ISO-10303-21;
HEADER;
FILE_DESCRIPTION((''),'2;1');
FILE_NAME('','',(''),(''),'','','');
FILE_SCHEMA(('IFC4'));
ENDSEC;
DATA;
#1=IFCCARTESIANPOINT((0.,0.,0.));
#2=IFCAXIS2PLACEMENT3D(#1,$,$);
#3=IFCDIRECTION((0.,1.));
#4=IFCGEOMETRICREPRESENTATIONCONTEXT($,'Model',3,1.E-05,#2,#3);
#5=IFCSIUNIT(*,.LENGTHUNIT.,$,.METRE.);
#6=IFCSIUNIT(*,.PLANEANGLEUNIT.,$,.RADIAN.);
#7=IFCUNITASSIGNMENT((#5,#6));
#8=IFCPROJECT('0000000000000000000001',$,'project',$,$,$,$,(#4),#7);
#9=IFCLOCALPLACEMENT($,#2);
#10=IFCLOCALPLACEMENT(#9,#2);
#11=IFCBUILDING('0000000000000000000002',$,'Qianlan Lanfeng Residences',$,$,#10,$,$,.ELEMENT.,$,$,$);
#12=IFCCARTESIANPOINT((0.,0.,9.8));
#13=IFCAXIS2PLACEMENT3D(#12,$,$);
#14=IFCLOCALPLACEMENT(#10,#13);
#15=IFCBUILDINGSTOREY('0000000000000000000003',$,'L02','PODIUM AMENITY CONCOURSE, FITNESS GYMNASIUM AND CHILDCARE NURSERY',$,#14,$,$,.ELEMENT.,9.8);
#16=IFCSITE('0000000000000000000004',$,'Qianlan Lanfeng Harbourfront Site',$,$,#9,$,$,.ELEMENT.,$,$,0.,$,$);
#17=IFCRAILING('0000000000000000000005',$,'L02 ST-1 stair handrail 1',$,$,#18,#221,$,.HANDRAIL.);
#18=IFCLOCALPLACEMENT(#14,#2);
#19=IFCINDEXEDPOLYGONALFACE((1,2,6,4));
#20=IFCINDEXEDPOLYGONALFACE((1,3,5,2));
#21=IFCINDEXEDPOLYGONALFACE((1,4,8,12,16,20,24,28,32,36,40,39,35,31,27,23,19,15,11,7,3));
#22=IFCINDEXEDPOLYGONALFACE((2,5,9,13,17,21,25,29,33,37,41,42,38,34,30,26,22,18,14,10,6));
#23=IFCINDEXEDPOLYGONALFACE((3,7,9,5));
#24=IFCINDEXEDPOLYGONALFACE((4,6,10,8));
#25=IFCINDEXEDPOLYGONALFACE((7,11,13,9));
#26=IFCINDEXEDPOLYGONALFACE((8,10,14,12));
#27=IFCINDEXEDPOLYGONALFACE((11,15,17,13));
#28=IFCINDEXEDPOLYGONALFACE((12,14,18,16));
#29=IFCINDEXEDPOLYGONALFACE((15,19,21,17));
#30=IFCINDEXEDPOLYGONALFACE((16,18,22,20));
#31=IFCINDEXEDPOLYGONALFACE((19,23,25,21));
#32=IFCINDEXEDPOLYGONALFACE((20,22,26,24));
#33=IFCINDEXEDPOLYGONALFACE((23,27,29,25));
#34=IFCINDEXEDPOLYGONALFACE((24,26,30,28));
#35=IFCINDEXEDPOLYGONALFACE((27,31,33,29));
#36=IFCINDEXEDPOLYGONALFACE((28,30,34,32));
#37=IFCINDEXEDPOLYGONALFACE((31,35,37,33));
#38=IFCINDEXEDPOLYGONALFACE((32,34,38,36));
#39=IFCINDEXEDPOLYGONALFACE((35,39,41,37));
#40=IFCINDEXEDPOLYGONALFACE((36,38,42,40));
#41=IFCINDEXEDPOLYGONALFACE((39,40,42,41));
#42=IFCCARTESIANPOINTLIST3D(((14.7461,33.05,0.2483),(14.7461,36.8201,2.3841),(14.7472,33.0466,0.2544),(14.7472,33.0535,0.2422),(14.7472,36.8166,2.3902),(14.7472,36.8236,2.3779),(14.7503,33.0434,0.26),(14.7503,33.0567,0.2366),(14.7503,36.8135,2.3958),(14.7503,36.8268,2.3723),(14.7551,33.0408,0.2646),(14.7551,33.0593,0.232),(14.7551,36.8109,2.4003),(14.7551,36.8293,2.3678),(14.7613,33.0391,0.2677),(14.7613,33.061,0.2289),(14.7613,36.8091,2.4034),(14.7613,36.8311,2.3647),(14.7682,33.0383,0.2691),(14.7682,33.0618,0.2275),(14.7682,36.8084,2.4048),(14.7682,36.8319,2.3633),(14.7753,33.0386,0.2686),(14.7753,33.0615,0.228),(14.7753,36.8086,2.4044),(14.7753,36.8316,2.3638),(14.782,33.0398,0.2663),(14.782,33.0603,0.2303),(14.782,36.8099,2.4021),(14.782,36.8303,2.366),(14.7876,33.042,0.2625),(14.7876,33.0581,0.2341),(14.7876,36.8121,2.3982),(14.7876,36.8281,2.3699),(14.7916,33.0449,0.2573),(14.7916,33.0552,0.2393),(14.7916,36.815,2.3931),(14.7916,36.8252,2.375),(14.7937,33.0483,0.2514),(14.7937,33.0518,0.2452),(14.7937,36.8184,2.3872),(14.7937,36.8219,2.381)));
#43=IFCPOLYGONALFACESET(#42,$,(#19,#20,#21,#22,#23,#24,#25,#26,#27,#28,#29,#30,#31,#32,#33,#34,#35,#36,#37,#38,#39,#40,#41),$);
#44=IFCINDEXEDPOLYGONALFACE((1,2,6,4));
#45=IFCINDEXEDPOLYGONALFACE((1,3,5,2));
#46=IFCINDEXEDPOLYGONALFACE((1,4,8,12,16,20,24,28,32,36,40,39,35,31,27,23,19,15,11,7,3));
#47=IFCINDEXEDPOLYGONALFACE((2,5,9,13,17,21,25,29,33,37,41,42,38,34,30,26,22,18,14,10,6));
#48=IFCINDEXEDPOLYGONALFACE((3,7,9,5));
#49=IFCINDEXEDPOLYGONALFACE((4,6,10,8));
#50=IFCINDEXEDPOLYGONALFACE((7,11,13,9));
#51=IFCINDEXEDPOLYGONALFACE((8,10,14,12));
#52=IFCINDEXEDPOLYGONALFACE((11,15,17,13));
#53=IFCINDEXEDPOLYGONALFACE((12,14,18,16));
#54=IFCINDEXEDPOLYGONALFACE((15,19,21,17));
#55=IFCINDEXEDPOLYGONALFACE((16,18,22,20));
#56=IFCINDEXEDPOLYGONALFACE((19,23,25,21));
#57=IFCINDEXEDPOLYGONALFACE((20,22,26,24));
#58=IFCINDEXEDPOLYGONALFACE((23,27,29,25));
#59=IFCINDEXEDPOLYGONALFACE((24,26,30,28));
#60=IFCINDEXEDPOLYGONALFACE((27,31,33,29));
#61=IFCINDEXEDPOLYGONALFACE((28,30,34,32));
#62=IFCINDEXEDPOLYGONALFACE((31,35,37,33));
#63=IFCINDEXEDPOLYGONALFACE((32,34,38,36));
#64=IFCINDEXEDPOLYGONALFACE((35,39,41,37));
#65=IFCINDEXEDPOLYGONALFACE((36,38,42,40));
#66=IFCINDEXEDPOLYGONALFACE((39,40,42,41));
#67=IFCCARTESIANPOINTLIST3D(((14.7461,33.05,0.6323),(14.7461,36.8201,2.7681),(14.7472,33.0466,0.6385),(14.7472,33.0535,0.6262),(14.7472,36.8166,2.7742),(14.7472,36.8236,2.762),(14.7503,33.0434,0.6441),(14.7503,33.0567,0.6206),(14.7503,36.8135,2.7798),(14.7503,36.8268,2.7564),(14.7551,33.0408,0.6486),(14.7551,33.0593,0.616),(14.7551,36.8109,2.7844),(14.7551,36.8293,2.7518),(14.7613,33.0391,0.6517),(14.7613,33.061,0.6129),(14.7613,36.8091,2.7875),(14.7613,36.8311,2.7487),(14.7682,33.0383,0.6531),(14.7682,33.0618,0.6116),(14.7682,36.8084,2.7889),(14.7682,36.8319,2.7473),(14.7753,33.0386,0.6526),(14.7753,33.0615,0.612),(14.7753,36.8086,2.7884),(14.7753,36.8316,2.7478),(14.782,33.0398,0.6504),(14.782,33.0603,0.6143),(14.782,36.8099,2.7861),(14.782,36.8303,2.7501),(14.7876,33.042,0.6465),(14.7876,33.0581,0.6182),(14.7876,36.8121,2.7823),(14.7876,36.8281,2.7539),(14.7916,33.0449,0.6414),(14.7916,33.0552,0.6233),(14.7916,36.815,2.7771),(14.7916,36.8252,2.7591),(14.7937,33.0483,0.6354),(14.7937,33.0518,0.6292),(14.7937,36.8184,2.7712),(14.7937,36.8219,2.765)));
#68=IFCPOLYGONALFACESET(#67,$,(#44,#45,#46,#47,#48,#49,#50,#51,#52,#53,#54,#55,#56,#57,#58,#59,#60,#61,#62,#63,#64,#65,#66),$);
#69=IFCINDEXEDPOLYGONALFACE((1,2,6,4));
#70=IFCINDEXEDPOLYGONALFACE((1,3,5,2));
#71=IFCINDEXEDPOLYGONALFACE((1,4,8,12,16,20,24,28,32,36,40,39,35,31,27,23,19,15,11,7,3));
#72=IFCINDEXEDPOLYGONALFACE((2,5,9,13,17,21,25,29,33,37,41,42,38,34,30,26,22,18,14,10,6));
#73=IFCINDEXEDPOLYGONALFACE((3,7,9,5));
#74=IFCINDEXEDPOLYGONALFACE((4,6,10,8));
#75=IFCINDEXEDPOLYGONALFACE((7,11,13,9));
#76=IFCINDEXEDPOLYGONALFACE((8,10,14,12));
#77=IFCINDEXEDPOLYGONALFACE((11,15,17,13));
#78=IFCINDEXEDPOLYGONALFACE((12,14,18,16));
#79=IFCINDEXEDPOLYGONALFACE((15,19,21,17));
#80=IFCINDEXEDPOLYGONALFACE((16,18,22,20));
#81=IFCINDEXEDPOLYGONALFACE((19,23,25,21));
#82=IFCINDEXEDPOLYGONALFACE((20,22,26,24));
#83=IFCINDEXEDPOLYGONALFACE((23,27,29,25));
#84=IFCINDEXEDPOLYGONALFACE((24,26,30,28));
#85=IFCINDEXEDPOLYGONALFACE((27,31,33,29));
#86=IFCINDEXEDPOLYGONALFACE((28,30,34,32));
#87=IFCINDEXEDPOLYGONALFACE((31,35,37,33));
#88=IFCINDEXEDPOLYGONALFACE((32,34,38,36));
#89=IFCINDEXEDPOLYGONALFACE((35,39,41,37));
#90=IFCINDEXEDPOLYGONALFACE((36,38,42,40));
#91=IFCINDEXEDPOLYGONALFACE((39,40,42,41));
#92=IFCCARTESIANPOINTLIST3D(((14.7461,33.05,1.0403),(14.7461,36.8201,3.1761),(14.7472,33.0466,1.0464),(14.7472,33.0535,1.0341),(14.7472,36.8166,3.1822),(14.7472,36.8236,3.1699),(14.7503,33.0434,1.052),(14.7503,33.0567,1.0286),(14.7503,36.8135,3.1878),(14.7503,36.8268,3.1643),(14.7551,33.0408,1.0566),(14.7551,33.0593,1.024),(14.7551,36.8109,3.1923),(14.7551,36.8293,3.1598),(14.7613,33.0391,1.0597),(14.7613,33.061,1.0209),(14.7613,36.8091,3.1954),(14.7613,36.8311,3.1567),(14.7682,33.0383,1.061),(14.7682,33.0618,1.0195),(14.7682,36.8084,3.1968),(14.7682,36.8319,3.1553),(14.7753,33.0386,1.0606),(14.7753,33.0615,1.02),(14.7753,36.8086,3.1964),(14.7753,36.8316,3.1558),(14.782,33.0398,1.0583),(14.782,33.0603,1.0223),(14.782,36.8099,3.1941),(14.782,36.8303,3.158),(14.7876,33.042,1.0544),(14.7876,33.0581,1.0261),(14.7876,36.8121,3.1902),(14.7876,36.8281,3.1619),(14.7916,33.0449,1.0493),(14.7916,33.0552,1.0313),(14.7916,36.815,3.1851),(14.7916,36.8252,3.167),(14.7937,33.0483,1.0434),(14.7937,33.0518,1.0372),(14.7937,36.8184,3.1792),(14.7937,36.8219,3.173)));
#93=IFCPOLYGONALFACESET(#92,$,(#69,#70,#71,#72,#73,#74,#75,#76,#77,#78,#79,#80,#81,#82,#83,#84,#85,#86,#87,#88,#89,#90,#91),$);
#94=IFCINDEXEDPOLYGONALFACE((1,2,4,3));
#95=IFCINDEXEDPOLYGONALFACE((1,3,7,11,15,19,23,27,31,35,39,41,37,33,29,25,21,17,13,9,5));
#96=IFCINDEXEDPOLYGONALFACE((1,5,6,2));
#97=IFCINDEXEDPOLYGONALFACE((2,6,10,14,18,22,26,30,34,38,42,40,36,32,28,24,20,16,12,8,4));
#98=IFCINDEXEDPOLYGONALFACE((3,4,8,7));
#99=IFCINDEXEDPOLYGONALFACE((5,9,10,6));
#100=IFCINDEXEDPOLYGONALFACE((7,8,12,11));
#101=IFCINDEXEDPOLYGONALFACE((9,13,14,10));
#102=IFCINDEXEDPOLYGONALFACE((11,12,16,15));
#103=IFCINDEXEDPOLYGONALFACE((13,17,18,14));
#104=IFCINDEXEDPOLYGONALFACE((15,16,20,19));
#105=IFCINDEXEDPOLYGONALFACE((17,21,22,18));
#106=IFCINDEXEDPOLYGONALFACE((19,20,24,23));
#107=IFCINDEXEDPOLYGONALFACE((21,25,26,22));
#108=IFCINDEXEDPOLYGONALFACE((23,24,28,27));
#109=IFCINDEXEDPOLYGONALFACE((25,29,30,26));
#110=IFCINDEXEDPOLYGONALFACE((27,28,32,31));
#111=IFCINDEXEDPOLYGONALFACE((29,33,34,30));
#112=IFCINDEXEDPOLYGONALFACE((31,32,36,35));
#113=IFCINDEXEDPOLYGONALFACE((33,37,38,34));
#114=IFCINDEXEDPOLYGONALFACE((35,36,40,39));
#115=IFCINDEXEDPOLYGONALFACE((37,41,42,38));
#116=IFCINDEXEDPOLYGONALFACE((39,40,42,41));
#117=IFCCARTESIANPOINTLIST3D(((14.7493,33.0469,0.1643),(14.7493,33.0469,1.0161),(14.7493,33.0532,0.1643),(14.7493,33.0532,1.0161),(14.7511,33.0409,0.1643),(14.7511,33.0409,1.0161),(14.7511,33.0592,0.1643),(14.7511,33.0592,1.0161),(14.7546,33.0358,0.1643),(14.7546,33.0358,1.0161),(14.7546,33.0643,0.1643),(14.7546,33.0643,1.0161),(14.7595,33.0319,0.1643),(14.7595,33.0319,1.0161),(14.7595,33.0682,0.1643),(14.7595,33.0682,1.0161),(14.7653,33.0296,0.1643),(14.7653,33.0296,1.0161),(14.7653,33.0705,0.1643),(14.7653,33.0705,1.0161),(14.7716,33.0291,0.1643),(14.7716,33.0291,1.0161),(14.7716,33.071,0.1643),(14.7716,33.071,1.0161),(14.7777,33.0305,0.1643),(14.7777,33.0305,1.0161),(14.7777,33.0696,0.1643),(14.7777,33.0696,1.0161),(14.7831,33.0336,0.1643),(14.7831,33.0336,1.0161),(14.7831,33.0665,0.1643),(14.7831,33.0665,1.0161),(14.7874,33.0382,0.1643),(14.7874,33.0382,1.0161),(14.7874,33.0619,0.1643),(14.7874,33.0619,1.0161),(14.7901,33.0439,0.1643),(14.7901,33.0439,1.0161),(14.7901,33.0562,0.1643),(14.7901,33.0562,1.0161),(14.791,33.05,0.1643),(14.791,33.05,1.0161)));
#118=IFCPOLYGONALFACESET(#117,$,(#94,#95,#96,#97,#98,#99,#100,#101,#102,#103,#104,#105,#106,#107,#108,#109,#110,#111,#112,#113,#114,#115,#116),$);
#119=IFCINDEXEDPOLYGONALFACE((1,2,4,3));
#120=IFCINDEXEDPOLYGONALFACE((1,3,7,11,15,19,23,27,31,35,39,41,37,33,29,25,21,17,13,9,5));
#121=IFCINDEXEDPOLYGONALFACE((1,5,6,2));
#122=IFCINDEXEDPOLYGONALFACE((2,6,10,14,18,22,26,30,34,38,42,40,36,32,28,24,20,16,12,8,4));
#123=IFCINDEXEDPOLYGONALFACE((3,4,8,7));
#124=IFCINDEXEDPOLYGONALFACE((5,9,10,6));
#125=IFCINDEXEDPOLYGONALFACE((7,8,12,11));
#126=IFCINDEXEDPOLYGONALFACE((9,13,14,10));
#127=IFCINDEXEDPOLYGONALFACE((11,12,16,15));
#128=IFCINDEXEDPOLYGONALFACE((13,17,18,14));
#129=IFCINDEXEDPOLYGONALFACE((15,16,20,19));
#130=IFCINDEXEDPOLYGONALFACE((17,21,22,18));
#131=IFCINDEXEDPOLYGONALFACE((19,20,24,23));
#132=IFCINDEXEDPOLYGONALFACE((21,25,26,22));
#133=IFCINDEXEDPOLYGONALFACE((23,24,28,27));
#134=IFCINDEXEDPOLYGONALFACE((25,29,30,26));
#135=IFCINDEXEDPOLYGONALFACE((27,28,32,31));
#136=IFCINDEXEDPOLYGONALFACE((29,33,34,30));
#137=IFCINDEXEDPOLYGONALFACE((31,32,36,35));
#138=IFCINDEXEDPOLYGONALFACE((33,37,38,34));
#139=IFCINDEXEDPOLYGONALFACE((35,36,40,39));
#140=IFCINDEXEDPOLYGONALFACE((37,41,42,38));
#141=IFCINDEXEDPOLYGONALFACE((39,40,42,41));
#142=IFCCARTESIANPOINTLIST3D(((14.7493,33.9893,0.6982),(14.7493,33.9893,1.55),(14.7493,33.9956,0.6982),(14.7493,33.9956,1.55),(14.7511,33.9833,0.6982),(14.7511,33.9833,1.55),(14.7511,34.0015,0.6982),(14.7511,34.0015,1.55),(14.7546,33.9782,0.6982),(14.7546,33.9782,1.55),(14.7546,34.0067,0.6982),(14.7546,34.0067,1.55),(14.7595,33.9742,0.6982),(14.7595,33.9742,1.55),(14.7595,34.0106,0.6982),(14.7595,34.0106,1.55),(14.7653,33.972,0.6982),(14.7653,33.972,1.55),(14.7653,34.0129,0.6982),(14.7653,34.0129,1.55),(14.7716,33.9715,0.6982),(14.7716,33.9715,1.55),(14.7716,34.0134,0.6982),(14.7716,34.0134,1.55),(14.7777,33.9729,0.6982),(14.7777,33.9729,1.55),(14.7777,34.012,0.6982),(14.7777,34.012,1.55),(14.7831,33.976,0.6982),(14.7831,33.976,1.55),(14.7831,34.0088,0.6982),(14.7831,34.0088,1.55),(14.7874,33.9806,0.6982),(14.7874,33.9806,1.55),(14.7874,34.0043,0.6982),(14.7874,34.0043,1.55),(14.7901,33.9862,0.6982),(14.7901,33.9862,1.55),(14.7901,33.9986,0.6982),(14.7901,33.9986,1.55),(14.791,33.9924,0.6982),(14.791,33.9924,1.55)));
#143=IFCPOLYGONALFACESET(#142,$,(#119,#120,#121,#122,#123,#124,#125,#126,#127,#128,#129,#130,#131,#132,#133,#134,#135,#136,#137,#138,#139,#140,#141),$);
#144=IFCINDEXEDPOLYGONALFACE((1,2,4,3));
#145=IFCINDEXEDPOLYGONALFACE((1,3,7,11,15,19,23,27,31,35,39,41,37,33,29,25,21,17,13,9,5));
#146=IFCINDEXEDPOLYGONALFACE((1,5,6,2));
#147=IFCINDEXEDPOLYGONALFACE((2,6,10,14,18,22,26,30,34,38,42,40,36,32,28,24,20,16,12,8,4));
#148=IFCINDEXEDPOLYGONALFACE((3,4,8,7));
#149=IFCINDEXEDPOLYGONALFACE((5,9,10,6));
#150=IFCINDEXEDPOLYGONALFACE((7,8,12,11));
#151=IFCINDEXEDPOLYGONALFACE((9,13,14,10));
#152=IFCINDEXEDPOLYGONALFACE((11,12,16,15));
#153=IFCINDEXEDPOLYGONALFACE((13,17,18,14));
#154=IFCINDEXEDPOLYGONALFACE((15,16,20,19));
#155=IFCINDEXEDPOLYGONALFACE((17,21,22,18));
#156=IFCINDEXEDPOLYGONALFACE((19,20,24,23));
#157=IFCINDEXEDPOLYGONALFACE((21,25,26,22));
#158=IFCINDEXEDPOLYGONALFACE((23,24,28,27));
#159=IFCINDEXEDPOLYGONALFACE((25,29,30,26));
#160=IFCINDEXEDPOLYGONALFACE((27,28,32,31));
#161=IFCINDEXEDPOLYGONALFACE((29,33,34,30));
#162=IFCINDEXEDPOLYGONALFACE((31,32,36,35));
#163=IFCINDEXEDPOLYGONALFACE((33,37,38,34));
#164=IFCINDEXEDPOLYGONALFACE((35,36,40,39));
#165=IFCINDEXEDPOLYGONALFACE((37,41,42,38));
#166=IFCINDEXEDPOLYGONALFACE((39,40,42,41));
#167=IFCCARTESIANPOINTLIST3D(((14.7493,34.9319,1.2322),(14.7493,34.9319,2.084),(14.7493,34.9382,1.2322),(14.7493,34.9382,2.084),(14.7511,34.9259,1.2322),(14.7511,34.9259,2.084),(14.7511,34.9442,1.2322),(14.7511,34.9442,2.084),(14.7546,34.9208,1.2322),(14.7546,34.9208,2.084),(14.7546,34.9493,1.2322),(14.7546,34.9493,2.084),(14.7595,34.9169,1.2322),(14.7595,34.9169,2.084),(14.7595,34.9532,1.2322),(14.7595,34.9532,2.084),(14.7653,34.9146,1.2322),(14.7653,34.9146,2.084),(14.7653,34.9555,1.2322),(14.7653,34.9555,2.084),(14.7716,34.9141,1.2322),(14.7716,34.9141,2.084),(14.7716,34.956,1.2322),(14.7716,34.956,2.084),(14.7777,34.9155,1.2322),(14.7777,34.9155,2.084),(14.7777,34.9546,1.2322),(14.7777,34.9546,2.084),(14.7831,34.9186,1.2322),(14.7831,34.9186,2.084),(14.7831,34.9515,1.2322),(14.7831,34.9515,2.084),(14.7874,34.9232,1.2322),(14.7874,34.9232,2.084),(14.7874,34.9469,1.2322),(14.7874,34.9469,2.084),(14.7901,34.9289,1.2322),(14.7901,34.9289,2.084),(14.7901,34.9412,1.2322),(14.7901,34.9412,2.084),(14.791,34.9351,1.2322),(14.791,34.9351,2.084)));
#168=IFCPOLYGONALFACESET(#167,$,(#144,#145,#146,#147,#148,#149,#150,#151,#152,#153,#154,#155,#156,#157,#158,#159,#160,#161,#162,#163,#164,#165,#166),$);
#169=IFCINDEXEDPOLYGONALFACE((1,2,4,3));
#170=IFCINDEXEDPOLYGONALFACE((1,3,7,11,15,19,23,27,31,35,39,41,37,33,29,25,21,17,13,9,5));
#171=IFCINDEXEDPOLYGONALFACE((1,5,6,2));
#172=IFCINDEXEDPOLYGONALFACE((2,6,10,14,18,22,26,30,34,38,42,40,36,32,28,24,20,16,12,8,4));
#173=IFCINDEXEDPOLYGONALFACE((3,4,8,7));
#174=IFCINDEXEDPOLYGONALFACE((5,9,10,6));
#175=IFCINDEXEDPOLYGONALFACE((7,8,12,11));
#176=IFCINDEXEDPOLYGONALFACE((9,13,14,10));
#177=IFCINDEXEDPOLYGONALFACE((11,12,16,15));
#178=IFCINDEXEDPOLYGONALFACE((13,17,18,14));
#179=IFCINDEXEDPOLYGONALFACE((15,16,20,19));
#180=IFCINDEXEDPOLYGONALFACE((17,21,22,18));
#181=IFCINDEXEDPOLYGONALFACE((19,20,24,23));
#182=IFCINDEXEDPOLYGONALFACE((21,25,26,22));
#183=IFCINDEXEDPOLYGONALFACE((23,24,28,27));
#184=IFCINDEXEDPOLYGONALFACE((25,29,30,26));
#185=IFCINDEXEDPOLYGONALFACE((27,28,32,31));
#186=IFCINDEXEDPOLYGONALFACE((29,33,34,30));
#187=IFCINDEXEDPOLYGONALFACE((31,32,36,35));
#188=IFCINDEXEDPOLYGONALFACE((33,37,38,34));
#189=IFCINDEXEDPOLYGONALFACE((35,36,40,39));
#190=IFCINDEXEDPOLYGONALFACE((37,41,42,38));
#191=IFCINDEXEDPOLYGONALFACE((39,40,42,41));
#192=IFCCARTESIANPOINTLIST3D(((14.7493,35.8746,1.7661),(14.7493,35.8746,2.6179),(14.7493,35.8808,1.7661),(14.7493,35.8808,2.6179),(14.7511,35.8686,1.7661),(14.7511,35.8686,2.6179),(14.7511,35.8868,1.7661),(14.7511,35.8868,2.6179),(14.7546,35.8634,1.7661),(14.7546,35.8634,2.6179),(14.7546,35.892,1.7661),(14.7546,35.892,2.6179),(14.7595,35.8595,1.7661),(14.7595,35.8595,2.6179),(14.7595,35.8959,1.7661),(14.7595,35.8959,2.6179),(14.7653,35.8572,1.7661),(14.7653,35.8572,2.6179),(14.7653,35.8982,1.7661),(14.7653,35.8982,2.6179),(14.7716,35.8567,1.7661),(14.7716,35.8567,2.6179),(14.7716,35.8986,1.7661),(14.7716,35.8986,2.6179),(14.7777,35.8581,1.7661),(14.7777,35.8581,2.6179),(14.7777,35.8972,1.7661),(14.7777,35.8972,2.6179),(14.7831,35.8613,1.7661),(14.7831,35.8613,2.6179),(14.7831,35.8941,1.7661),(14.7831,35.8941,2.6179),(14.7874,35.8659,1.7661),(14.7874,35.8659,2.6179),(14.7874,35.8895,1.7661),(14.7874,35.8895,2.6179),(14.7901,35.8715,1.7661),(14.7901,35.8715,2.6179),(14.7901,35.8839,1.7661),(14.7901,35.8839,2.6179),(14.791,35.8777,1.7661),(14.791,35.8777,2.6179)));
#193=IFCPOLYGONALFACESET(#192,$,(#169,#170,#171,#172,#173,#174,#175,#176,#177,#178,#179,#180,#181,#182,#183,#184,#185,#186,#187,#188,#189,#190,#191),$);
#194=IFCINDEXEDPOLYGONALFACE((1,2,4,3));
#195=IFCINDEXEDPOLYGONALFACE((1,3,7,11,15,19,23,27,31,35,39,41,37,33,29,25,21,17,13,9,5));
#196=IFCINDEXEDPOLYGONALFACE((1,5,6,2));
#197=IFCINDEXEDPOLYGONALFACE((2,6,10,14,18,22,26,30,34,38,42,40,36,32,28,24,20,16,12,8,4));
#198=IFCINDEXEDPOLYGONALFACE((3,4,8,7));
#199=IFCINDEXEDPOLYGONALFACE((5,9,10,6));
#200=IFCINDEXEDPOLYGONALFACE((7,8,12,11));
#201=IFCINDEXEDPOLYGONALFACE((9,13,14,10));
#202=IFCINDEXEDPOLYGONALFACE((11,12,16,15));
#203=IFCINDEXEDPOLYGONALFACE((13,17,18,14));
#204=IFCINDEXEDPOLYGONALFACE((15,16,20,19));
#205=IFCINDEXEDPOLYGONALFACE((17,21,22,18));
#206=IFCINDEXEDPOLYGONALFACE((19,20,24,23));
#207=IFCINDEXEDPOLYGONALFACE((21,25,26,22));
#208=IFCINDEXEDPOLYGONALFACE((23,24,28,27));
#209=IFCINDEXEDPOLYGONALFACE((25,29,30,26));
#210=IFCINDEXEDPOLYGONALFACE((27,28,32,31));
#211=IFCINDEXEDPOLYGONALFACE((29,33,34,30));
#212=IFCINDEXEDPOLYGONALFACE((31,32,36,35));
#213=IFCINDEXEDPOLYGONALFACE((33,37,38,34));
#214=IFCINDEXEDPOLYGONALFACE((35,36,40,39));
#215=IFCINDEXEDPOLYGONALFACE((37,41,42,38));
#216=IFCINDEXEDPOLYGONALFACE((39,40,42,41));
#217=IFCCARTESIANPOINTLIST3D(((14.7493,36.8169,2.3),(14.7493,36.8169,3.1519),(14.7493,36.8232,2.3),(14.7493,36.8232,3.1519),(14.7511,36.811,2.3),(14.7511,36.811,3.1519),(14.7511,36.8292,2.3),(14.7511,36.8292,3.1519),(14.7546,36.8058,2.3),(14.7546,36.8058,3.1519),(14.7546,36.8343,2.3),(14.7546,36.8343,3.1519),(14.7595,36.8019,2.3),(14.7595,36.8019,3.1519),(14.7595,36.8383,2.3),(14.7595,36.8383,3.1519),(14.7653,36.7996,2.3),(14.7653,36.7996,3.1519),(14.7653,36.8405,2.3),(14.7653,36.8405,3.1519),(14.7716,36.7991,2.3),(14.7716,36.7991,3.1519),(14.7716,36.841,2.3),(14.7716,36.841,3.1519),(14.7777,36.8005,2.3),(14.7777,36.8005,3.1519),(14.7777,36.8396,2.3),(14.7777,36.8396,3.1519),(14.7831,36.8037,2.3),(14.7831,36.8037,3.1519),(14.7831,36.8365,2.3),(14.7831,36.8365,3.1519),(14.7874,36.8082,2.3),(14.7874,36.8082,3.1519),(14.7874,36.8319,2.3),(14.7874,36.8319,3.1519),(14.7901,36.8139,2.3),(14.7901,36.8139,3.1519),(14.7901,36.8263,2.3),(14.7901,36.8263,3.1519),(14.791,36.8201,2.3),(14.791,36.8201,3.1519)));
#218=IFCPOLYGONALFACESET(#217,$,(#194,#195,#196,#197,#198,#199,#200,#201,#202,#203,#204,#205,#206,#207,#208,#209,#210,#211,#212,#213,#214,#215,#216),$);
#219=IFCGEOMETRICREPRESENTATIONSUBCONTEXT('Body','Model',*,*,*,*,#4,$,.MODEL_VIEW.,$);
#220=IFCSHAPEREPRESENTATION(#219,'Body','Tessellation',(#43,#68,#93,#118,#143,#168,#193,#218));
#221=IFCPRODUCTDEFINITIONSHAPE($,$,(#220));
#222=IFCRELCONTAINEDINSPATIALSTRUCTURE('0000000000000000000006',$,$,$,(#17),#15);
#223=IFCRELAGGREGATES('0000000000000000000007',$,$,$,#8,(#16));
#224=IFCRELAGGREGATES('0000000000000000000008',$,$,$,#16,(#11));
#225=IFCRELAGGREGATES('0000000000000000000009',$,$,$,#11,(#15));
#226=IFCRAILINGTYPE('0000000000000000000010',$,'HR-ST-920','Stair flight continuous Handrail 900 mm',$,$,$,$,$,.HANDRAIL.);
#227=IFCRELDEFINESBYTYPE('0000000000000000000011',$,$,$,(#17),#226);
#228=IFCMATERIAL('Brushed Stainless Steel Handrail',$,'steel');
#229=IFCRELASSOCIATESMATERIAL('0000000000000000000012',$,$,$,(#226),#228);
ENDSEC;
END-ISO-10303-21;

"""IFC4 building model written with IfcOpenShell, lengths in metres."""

from ifc_helpers import new_model, si_unit, direction, frame, origin, origin_2d, place, context, subcontext, project, spatial, circle, extrude, material, type_object, element, save


model = new_model("IFC4")

# Units and contexts
model_context = context("Model", 3, precision=1e-05, world=origin(), true_north=direction((0.0, 1.0)))
body_context = subcontext(model_context, "Body", "Model", "MODEL_VIEW")
ifc_project = project(units=[si_unit("LENGTHUNIT", "METRE"), si_unit("PLANEANGLEUNIT", "RADIAN")], contexts=[model_context])

# Site, building, storey
site_placement = place(None, origin())
site = spatial("IfcSite", under=ifc_project, at=site_placement, Name="Qianlan Lanfeng Harbourfront Site", CompositionType="ELEMENT", RefElevation=0.0)
building_placement = place(site_placement, origin())
building = spatial("IfcBuilding", under=site, at=building_placement, Name="Qianlan Lanfeng Residences", CompositionType="ELEMENT")
storey_placement = place(building_placement, frame((0.0, 0.0, 9.8)))
storey = spatial("IfcBuildingStorey", under=building, at=storey_placement, Name="L02", Description="PODIUM AMENITY CONCOURSE, FITNESS GYMNASIUM AND CHILDCARE NURSERY", CompositionType="ELEMENT", Elevation=9.8)

# Railing
ifc_material_1 = material(Name="Brushed Stainless Steel Handrail", Category="steel")
railing_type = type_object("IfcRailingType", Name="HR-ST-920", Description="Stair flight continuous Handrail 900 mm", PredefinedType="HANDRAIL", material=ifc_material_1)
railing_placement = place(storey_placement, frame((14.77, 33.05, 0.1643)))
element("IfcRailing", 1, at=railing_placement, inside=storey, type_object=railing_type, Name="L02 ST-1 stair handrail 1", PredefinedType="HANDRAIL", context=body_context, shape_type="SweptSolid", body=[
    extrude(circle(Radius=0.0239, at=origin_2d()), frame((0.0, 0.0, 0.084), z_axis=(0.0, 0.870082, 0.492907), x_axis=(-1.0, 0.0, 0.0)), (0.0, 0.0, 1.0), 4.333),
    extrude(circle(Radius=0.0239, at=origin_2d()), frame((0.0, 0.0, 0.468), z_axis=(0.0, 0.870082, 0.492907), x_axis=(-1.0, 0.0, 0.0)), (0.0, 0.0, 1.0), 4.333),
    extrude(circle(Radius=0.0239, at=origin_2d()), frame((0.0, 0.0, 0.876), z_axis=(0.0, 0.870082, 0.492907), x_axis=(-1.0, 0.0, 0.0)), (0.0, 0.0, 1.0), 4.333),
    extrude(circle(Radius=0.021, at=origin_2d()), origin(), (0.0, 0.0, 1.0), 0.8518),
    extrude(circle(Radius=0.021, at=origin_2d()), frame((0.0, 0.9424, 0.5339)), (0.0, 0.0, 1.0), 0.8518),
    extrude(circle(Radius=0.021, at=origin_2d()), frame((0.0, 1.885, 1.0679)), (0.0, 0.0, 1.0), 0.8518),
    extrude(circle(Radius=0.021, at=origin_2d()), frame((0.0, 2.8276, 1.6018)), (0.0, 0.0, 1.0), 0.8518),
    extrude(circle(Radius=0.021, at=origin_2d()), frame((0.0, 3.77, 2.1357)), (0.0, 0.0, 1.0), 0.8518),
])

save(model, "model.ifc")
